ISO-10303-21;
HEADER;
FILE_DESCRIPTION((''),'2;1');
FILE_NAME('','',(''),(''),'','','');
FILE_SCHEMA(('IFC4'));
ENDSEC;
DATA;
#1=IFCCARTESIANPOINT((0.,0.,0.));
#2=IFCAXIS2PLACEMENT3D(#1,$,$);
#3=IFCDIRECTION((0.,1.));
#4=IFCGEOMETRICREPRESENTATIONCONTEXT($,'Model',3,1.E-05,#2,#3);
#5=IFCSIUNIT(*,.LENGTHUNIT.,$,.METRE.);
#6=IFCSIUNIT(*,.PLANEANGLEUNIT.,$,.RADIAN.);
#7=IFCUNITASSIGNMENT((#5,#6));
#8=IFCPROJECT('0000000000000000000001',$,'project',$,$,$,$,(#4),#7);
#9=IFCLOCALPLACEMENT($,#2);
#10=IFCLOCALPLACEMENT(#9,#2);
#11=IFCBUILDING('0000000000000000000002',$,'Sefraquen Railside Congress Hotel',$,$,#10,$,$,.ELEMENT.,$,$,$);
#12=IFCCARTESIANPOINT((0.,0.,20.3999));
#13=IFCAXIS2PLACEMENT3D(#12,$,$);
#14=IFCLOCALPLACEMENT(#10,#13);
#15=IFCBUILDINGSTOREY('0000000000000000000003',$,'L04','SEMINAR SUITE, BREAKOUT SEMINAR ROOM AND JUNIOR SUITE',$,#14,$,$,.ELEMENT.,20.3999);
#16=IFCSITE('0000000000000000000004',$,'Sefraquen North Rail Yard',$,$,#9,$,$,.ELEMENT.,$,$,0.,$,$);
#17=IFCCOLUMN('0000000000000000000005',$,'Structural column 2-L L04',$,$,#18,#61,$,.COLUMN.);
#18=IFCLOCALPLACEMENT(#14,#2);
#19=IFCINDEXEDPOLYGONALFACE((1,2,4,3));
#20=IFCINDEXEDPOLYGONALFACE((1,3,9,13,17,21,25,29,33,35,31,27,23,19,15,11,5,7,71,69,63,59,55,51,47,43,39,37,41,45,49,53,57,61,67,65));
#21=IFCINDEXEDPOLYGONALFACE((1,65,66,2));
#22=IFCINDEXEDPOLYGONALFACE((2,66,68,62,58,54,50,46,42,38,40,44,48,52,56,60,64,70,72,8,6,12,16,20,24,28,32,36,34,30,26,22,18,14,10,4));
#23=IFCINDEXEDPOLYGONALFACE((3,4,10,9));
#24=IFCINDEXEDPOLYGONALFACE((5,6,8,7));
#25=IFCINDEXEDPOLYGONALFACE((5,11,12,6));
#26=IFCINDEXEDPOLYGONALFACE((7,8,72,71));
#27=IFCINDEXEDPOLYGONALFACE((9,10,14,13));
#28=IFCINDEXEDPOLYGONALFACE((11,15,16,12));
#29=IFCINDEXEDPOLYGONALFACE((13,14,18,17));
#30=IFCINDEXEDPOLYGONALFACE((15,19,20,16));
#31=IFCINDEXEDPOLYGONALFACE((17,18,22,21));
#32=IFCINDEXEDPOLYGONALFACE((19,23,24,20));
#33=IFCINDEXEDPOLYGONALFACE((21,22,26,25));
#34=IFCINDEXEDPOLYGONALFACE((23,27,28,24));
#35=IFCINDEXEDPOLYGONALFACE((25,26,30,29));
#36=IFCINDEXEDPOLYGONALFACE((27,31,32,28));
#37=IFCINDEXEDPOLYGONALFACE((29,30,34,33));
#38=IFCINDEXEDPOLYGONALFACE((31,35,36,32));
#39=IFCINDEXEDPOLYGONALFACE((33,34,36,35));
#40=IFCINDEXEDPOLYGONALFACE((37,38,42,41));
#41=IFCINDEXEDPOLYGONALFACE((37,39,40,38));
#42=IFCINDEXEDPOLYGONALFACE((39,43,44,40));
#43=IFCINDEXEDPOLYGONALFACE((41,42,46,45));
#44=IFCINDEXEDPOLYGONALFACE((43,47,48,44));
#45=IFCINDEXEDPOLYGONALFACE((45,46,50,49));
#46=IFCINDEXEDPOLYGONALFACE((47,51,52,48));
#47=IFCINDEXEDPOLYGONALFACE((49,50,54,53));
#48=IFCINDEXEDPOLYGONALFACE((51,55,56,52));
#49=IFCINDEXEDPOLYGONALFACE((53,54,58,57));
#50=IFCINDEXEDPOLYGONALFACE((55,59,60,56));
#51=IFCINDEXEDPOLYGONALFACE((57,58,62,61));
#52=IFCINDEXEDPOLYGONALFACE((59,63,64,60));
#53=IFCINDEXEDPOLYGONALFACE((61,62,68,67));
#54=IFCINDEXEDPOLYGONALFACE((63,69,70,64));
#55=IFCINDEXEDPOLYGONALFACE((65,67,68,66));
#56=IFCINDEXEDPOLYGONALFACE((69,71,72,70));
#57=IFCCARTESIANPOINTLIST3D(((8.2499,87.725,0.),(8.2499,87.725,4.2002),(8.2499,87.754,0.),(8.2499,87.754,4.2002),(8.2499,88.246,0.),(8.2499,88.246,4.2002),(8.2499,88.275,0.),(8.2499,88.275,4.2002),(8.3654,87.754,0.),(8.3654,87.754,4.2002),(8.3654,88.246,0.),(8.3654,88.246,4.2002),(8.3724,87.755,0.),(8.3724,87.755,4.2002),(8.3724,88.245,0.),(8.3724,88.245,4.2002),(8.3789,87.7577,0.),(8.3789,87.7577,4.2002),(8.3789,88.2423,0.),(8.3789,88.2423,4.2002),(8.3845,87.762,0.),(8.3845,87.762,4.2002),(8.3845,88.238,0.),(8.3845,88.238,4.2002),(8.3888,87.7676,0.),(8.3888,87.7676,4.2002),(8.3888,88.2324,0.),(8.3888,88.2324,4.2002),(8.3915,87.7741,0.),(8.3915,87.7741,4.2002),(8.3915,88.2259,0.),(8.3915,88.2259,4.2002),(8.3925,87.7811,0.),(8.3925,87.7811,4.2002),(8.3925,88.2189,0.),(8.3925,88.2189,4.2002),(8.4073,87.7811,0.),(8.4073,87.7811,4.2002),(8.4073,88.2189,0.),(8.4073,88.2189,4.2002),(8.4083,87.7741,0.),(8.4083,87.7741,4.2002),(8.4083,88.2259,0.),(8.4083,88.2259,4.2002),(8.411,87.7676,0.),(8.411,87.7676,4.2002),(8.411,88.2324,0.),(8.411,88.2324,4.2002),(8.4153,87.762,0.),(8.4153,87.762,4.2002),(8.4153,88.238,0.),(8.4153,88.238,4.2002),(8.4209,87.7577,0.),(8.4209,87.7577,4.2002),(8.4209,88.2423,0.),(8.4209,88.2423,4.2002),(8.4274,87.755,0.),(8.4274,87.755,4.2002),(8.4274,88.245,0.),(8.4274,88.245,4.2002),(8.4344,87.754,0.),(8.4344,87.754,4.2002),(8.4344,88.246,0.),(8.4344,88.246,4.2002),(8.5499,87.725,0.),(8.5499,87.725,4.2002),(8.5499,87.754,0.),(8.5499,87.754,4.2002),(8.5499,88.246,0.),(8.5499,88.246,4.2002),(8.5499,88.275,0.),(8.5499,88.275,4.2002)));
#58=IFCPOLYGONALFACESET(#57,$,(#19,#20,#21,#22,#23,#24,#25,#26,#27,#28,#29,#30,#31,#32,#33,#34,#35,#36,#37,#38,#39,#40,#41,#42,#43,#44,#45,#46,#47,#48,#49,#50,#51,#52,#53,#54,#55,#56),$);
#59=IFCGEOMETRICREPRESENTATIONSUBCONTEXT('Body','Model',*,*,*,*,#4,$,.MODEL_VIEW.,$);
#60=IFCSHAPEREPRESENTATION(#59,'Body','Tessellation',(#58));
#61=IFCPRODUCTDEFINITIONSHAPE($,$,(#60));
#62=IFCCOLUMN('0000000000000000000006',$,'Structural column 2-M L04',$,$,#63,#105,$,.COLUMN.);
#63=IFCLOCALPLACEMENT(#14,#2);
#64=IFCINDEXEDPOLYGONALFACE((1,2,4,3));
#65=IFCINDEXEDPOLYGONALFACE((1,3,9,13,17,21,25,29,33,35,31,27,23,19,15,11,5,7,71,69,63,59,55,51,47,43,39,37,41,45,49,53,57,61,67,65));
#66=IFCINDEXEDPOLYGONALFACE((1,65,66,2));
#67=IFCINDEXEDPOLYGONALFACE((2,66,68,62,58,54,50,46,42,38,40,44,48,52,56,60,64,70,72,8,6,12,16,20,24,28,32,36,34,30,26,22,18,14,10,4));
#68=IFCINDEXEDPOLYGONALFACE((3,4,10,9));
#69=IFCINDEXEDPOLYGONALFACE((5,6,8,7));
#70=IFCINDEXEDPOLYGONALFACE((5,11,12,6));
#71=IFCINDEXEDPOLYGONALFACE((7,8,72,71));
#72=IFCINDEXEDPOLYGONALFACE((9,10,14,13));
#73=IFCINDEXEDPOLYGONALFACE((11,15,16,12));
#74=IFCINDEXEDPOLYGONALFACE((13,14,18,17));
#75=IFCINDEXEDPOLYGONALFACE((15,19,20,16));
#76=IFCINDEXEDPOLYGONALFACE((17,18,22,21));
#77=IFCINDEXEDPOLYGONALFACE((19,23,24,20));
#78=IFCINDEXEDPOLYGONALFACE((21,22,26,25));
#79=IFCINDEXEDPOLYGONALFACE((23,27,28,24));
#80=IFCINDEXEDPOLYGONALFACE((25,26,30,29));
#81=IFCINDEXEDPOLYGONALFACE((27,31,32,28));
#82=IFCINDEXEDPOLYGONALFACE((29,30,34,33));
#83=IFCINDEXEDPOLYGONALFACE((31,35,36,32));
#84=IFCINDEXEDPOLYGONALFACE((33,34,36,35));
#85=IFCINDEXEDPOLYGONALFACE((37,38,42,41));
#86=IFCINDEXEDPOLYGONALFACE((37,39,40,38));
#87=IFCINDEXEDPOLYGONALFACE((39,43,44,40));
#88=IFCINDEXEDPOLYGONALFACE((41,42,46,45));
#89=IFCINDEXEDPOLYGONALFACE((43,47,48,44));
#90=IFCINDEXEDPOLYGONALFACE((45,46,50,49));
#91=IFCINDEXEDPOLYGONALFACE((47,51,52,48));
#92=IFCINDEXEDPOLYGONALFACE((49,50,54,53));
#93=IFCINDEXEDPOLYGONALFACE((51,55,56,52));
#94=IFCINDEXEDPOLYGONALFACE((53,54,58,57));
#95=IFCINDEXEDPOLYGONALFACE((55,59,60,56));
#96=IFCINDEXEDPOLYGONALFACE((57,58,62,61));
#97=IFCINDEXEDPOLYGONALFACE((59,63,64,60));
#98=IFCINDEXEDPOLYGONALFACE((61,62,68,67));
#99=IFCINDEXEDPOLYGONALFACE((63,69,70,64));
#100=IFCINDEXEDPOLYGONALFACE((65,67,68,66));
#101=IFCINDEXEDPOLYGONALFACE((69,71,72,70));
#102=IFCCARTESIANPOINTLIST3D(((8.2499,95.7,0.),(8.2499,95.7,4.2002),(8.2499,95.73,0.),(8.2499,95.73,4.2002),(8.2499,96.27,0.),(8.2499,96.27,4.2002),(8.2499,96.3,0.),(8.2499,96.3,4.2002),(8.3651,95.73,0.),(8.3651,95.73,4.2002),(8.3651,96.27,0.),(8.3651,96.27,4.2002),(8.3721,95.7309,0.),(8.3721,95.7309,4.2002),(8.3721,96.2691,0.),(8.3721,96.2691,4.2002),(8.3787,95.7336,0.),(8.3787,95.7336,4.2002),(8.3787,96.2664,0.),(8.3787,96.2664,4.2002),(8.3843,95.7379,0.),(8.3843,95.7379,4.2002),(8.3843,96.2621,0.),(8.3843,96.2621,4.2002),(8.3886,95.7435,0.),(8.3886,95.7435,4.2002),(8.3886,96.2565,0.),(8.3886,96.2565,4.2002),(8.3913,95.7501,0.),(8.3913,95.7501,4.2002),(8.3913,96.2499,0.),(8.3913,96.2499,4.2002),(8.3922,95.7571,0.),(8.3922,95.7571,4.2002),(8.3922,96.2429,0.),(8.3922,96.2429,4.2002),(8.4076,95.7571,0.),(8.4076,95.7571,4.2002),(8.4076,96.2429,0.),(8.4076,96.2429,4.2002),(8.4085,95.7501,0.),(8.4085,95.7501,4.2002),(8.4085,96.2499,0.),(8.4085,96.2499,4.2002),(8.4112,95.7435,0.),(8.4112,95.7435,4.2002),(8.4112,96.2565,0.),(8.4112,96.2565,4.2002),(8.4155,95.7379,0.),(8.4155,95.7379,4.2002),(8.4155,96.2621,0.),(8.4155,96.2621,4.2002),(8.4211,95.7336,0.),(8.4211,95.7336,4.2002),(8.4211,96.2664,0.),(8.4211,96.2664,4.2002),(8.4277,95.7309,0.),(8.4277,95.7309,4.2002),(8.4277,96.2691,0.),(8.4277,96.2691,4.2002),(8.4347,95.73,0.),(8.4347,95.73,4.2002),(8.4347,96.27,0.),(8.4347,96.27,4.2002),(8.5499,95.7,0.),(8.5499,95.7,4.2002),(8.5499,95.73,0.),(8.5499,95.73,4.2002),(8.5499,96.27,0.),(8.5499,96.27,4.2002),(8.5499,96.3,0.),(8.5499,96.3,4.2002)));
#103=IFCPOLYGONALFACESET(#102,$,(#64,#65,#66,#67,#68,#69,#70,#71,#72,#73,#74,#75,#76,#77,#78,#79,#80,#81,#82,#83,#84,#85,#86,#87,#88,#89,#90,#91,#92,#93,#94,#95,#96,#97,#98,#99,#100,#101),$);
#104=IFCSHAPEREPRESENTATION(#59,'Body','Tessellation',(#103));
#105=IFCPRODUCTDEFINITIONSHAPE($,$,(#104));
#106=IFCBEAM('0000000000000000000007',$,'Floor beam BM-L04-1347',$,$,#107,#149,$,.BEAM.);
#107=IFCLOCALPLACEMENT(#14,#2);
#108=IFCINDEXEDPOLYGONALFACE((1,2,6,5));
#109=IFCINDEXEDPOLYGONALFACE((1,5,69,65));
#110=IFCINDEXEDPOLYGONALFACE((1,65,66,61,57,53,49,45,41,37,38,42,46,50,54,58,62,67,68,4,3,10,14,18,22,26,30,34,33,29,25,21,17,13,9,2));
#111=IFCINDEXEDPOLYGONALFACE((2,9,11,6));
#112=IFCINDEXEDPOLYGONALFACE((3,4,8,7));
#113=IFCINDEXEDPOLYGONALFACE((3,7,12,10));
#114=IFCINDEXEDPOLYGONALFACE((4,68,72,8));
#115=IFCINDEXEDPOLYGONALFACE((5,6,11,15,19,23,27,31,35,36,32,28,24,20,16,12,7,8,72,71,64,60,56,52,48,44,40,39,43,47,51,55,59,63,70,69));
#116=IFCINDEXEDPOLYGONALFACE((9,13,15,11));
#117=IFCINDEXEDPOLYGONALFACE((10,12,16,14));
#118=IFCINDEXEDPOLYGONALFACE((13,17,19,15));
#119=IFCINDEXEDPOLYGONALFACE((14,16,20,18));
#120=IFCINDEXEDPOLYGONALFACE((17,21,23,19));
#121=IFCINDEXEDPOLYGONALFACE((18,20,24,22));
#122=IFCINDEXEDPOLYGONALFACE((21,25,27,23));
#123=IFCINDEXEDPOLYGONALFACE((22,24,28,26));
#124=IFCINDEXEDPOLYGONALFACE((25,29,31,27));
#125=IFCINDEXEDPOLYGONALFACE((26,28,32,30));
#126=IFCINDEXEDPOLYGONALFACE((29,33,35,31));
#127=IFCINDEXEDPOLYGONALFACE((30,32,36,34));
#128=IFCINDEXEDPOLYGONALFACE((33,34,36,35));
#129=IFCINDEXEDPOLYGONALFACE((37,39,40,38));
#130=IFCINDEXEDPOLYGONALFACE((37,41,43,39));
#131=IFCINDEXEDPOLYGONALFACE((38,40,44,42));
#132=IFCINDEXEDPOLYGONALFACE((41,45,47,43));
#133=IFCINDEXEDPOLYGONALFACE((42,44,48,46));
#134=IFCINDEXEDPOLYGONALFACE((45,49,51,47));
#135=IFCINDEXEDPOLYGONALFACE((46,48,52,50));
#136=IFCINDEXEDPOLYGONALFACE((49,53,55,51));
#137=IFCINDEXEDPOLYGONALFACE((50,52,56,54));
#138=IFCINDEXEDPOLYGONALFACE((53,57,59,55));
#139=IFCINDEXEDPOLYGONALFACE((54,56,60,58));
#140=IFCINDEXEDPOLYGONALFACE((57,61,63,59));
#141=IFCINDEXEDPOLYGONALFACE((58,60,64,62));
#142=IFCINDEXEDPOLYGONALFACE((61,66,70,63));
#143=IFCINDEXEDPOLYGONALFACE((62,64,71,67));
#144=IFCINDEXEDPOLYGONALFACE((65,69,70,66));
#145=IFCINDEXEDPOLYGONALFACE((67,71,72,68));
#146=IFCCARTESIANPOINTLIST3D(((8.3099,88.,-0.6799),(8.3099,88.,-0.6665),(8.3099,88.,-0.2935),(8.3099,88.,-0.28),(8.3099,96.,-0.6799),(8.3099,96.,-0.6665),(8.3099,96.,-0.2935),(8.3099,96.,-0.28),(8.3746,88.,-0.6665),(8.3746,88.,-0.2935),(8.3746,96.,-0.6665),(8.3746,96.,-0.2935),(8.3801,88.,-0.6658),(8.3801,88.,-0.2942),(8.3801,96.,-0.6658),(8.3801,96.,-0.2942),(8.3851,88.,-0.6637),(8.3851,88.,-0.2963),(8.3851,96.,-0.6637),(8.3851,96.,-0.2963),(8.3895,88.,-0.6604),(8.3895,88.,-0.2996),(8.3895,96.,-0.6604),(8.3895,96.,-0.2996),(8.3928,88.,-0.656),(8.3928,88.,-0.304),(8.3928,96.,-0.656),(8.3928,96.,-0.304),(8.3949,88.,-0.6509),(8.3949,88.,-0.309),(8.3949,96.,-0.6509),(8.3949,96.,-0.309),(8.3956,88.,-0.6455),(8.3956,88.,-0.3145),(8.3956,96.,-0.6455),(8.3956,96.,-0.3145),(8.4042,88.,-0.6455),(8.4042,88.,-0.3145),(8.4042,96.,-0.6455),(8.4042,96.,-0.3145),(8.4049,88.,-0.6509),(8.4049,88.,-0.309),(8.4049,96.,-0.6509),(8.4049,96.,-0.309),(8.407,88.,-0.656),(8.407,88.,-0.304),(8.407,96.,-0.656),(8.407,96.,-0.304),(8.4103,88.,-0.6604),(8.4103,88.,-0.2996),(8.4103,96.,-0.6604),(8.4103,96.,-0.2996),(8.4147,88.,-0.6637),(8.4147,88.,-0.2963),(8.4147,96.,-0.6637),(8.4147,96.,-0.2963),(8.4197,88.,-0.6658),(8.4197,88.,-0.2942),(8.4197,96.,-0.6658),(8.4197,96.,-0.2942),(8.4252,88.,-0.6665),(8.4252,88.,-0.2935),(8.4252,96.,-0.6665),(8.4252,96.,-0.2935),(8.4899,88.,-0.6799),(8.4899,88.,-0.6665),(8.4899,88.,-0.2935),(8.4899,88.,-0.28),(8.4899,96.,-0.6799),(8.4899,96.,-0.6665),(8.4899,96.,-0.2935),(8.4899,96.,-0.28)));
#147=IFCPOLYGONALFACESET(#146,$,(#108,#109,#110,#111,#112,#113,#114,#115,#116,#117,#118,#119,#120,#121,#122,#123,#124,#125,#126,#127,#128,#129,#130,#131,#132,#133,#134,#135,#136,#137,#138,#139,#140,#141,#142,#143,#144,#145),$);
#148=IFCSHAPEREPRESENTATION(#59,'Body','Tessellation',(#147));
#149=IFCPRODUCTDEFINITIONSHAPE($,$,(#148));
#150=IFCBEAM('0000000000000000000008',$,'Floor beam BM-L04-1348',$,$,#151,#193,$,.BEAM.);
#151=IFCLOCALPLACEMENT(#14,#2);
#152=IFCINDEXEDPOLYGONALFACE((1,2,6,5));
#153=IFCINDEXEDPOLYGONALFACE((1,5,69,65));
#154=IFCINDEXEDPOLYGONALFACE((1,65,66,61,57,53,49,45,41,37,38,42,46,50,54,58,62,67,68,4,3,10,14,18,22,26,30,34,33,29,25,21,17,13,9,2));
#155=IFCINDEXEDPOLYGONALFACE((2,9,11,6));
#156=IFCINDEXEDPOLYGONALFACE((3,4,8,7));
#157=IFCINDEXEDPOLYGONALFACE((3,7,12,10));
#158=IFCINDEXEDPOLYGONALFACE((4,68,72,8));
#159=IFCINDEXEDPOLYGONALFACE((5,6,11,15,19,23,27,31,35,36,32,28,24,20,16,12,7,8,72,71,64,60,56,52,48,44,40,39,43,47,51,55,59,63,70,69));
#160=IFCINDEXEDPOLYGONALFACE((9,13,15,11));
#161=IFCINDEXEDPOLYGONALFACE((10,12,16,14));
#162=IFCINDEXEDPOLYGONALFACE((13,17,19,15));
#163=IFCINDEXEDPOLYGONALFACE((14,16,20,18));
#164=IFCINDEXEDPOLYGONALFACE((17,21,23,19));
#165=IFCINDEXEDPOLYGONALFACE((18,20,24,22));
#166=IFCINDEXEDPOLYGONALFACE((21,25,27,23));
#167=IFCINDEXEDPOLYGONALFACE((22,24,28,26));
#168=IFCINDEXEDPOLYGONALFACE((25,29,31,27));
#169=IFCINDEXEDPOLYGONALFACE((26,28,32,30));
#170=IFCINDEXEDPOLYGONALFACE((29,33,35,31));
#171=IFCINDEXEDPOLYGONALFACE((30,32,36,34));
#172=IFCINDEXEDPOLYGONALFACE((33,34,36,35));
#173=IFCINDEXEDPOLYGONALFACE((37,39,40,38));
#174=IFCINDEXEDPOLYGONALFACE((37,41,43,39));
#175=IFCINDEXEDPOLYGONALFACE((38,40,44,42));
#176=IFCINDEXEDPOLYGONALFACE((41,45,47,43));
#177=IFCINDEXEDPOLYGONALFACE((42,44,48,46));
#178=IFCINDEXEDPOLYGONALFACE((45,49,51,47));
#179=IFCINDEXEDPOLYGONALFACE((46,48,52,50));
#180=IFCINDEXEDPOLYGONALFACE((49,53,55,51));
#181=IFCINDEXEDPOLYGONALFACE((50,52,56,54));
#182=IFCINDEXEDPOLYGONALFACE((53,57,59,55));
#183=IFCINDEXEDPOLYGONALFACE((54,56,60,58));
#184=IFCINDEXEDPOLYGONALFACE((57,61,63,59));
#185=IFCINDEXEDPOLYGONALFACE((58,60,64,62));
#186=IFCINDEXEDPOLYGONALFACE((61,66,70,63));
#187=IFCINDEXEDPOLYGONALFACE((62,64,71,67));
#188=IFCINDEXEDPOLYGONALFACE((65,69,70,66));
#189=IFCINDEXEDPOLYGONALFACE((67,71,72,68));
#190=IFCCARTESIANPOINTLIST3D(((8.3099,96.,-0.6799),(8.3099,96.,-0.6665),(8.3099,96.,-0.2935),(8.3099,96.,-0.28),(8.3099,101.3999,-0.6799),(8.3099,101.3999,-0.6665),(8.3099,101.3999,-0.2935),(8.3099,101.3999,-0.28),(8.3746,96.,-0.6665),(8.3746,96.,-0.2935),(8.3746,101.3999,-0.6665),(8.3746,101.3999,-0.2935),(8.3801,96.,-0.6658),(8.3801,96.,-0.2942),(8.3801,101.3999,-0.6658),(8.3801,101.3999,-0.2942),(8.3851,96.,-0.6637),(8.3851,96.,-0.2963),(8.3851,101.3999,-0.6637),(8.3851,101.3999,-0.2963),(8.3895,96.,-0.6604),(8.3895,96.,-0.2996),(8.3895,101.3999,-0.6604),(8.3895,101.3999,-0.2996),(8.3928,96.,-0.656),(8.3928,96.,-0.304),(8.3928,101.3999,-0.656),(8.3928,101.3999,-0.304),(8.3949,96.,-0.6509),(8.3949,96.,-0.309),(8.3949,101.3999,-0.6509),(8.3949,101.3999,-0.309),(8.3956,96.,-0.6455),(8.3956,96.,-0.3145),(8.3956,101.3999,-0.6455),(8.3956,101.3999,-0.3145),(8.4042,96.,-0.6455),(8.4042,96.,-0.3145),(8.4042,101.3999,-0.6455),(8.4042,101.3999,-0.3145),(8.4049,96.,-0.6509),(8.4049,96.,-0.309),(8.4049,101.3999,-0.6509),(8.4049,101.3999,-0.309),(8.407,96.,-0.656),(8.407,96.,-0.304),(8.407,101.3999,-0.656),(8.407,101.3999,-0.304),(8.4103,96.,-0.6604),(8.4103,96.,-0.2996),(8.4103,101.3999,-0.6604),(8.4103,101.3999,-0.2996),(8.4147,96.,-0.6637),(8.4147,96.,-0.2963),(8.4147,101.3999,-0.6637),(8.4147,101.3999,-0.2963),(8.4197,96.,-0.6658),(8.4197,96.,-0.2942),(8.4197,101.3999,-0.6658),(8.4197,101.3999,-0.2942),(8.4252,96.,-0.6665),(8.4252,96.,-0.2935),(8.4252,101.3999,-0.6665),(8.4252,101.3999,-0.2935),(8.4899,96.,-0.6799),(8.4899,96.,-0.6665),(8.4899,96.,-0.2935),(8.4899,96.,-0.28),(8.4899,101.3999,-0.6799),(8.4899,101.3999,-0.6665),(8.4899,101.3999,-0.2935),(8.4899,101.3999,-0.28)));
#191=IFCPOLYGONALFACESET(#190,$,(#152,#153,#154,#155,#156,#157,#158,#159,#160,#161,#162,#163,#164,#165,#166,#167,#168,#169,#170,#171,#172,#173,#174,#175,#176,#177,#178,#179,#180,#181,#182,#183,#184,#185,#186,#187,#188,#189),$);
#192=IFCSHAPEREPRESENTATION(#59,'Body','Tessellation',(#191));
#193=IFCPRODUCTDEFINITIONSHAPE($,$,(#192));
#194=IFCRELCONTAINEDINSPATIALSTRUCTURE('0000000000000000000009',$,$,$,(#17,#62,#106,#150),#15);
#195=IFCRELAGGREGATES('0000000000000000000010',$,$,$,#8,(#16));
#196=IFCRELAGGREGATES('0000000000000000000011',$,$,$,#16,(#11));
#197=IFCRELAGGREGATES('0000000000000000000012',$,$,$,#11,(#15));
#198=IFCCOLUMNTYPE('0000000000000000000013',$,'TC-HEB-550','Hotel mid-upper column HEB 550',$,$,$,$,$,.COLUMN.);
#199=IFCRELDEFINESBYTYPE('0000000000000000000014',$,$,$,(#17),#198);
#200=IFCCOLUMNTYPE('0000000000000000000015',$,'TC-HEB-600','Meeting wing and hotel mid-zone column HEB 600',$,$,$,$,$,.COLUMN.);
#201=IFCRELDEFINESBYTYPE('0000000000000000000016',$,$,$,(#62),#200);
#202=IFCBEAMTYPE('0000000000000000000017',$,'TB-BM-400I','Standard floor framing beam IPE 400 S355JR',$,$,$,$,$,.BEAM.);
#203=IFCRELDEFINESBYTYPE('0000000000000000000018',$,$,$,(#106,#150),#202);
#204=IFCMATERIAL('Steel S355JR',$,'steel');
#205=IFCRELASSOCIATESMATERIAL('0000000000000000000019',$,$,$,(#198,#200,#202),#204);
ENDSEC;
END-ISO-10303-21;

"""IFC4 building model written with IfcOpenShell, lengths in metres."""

from ifc_helpers import new_model, si_unit, direction, frame, origin, origin_2d, place, context, subcontext, project, spatial, i_section, extrude, material, material_profile, profile_set, type_object, element, save


model = new_model("IFC4")

# Units and contexts
model_context = context("Model", 3, precision=1e-05, world=origin(), true_north=direction((0.0, 1.0)))
body_context = subcontext(model_context, "Body", "Model", "MODEL_VIEW")
ifc_project = project(units=[si_unit("LENGTHUNIT", "METRE"), si_unit("PLANEANGLEUNIT", "RADIAN")], contexts=[model_context])

# Site, building, storey
site_placement = place(None, origin())
site = spatial("IfcSite", under=ifc_project, at=site_placement, Name="Sefraquen North Rail Yard", CompositionType="ELEMENT", RefElevation=0.0)
building_placement = place(site_placement, origin())
building = spatial("IfcBuilding", under=site, at=building_placement, Name="Sefraquen Railside Congress Hotel", CompositionType="ELEMENT")
storey_placement = place(building_placement, frame((0.0, 0.0, 20.3999)))
storey = spatial("IfcBuildingStorey", under=building, at=storey_placement, Name="L04", Description="SEMINAR SUITE, BREAKOUT SEMINAR ROOM AND JUNIOR SUITE", CompositionType="ELEMENT", Elevation=20.3999)

# Columns
ifc_material_1 = material(Name="Steel S355JR", Category="steel")
ifc_material_profile_1 = material_profile(ifc_material_1, i_section(OverallWidth=0.3, OverallDepth=0.55, WebThickness=0.0149, FlangeThickness=0.0291, FilletRadius=0.0271, at=origin_2d()), Name="HEB 550")
ifc_profile_set_1 = profile_set([ifc_material_profile_1], Name="Steel S355JR")
column_type_1 = type_object("IfcColumnType", Name="TC-HEB-550", Description="Hotel mid-upper column HEB 550", PredefinedType="COLUMN", material=ifc_profile_set_1)
column_1_placement = place(storey_placement, frame((8.3999, 88.0, 0.0), z_axis=(0.0, 0.0, 1.0), x_axis=(1.0, 0.0, 0.0)))
element("IfcColumn", 1, at=column_1_placement, inside=storey, type_object=column_type_1, Name="Structural column 2-L L04", PredefinedType="COLUMN", context=body_context, shape_type="SweptSolid", body=[
    extrude(i_section(OverallWidth=0.3, OverallDepth=0.55, WebThickness=0.0149, FlangeThickness=0.0291, FilletRadius=0.0271, at=origin_2d()), origin(), (0.0, 0.0, 1.0), 4.2002),
])
ifc_material_profile_2 = material_profile(ifc_material_1, i_section(OverallWidth=0.3, OverallDepth=0.6001, WebThickness=0.0154, FlangeThickness=0.03, FilletRadius=0.0271, at=origin_2d()), Name="HEB 600")
ifc_profile_set_2 = profile_set([ifc_material_profile_2], Name="Steel S355JR")
column_type_2 = type_object("IfcColumnType", Name="TC-HEB-600", Description="Meeting wing and hotel mid-zone column HEB 600", PredefinedType="COLUMN", material=ifc_profile_set_2)
column_2_placement = place(storey_placement, frame((8.3999, 96.0, 0.0), z_axis=(0.0, 0.0, 1.0), x_axis=(1.0, 0.0, 0.0)))
element("IfcColumn", 2, at=column_2_placement, inside=storey, type_object=column_type_2, Name="Structural column 2-M L04", PredefinedType="COLUMN", context=body_context, shape_type="SweptSolid", body=[
    extrude(i_section(OverallWidth=0.3, OverallDepth=0.6001, WebThickness=0.0154, FlangeThickness=0.03, FilletRadius=0.0271, at=origin_2d()), origin(), (0.0, 0.0, 1.0), 4.2002),
])

# Beams
ifc_material_profile_3 = material_profile(ifc_material_1, i_section(OverallWidth=0.1799, OverallDepth=0.3999, WebThickness=0.0085, FlangeThickness=0.0134, FilletRadius=0.021, at=origin_2d()), Name="IPE 400")
ifc_profile_set_3 = profile_set([ifc_material_profile_3], Name="Steel S355JR")
beam_type_1 = type_object("IfcBeamType", Name="TB-BM-400I", Description="Standard floor framing beam IPE 400 S355JR", PredefinedType="BEAM", material=ifc_profile_set_3)
beam_1_placement = place(storey_placement, frame((8.3999, 88.0, -0.48), z_axis=(0.0, 1.0, 0.0), x_axis=(-1.0, 0.0, 0.0)))
element("IfcBeam", 3, at=beam_1_placement, inside=storey, type_object=beam_type_1, Name="Floor beam BM-L04-1347", PredefinedType="BEAM", context=body_context, shape_type="SweptSolid", body=[
    extrude(i_section(OverallWidth=0.1799, OverallDepth=0.3999, WebThickness=0.0085, FlangeThickness=0.0134, FilletRadius=0.021, at=origin_2d()), origin(), (0.0, 0.0, 1.0), 8.0),
])
beam_2_placement = place(storey_placement, frame((8.3999, 96.0, -0.48), z_axis=(0.0, 1.0, 0.0), x_axis=(-1.0, 0.0, 0.0)))
element("IfcBeam", 4, at=beam_2_placement, inside=storey, type_object=beam_type_1, Name="Floor beam BM-L04-1348", PredefinedType="BEAM", context=body_context, shape_type="SweptSolid", body=[
    extrude(i_section(OverallWidth=0.1799, OverallDepth=0.3999, WebThickness=0.0085, FlangeThickness=0.0134, FilletRadius=0.021, at=origin_2d()), origin(), (0.0, 0.0, 1.0), 5.3999),
])

save(model, "model.ifc")
